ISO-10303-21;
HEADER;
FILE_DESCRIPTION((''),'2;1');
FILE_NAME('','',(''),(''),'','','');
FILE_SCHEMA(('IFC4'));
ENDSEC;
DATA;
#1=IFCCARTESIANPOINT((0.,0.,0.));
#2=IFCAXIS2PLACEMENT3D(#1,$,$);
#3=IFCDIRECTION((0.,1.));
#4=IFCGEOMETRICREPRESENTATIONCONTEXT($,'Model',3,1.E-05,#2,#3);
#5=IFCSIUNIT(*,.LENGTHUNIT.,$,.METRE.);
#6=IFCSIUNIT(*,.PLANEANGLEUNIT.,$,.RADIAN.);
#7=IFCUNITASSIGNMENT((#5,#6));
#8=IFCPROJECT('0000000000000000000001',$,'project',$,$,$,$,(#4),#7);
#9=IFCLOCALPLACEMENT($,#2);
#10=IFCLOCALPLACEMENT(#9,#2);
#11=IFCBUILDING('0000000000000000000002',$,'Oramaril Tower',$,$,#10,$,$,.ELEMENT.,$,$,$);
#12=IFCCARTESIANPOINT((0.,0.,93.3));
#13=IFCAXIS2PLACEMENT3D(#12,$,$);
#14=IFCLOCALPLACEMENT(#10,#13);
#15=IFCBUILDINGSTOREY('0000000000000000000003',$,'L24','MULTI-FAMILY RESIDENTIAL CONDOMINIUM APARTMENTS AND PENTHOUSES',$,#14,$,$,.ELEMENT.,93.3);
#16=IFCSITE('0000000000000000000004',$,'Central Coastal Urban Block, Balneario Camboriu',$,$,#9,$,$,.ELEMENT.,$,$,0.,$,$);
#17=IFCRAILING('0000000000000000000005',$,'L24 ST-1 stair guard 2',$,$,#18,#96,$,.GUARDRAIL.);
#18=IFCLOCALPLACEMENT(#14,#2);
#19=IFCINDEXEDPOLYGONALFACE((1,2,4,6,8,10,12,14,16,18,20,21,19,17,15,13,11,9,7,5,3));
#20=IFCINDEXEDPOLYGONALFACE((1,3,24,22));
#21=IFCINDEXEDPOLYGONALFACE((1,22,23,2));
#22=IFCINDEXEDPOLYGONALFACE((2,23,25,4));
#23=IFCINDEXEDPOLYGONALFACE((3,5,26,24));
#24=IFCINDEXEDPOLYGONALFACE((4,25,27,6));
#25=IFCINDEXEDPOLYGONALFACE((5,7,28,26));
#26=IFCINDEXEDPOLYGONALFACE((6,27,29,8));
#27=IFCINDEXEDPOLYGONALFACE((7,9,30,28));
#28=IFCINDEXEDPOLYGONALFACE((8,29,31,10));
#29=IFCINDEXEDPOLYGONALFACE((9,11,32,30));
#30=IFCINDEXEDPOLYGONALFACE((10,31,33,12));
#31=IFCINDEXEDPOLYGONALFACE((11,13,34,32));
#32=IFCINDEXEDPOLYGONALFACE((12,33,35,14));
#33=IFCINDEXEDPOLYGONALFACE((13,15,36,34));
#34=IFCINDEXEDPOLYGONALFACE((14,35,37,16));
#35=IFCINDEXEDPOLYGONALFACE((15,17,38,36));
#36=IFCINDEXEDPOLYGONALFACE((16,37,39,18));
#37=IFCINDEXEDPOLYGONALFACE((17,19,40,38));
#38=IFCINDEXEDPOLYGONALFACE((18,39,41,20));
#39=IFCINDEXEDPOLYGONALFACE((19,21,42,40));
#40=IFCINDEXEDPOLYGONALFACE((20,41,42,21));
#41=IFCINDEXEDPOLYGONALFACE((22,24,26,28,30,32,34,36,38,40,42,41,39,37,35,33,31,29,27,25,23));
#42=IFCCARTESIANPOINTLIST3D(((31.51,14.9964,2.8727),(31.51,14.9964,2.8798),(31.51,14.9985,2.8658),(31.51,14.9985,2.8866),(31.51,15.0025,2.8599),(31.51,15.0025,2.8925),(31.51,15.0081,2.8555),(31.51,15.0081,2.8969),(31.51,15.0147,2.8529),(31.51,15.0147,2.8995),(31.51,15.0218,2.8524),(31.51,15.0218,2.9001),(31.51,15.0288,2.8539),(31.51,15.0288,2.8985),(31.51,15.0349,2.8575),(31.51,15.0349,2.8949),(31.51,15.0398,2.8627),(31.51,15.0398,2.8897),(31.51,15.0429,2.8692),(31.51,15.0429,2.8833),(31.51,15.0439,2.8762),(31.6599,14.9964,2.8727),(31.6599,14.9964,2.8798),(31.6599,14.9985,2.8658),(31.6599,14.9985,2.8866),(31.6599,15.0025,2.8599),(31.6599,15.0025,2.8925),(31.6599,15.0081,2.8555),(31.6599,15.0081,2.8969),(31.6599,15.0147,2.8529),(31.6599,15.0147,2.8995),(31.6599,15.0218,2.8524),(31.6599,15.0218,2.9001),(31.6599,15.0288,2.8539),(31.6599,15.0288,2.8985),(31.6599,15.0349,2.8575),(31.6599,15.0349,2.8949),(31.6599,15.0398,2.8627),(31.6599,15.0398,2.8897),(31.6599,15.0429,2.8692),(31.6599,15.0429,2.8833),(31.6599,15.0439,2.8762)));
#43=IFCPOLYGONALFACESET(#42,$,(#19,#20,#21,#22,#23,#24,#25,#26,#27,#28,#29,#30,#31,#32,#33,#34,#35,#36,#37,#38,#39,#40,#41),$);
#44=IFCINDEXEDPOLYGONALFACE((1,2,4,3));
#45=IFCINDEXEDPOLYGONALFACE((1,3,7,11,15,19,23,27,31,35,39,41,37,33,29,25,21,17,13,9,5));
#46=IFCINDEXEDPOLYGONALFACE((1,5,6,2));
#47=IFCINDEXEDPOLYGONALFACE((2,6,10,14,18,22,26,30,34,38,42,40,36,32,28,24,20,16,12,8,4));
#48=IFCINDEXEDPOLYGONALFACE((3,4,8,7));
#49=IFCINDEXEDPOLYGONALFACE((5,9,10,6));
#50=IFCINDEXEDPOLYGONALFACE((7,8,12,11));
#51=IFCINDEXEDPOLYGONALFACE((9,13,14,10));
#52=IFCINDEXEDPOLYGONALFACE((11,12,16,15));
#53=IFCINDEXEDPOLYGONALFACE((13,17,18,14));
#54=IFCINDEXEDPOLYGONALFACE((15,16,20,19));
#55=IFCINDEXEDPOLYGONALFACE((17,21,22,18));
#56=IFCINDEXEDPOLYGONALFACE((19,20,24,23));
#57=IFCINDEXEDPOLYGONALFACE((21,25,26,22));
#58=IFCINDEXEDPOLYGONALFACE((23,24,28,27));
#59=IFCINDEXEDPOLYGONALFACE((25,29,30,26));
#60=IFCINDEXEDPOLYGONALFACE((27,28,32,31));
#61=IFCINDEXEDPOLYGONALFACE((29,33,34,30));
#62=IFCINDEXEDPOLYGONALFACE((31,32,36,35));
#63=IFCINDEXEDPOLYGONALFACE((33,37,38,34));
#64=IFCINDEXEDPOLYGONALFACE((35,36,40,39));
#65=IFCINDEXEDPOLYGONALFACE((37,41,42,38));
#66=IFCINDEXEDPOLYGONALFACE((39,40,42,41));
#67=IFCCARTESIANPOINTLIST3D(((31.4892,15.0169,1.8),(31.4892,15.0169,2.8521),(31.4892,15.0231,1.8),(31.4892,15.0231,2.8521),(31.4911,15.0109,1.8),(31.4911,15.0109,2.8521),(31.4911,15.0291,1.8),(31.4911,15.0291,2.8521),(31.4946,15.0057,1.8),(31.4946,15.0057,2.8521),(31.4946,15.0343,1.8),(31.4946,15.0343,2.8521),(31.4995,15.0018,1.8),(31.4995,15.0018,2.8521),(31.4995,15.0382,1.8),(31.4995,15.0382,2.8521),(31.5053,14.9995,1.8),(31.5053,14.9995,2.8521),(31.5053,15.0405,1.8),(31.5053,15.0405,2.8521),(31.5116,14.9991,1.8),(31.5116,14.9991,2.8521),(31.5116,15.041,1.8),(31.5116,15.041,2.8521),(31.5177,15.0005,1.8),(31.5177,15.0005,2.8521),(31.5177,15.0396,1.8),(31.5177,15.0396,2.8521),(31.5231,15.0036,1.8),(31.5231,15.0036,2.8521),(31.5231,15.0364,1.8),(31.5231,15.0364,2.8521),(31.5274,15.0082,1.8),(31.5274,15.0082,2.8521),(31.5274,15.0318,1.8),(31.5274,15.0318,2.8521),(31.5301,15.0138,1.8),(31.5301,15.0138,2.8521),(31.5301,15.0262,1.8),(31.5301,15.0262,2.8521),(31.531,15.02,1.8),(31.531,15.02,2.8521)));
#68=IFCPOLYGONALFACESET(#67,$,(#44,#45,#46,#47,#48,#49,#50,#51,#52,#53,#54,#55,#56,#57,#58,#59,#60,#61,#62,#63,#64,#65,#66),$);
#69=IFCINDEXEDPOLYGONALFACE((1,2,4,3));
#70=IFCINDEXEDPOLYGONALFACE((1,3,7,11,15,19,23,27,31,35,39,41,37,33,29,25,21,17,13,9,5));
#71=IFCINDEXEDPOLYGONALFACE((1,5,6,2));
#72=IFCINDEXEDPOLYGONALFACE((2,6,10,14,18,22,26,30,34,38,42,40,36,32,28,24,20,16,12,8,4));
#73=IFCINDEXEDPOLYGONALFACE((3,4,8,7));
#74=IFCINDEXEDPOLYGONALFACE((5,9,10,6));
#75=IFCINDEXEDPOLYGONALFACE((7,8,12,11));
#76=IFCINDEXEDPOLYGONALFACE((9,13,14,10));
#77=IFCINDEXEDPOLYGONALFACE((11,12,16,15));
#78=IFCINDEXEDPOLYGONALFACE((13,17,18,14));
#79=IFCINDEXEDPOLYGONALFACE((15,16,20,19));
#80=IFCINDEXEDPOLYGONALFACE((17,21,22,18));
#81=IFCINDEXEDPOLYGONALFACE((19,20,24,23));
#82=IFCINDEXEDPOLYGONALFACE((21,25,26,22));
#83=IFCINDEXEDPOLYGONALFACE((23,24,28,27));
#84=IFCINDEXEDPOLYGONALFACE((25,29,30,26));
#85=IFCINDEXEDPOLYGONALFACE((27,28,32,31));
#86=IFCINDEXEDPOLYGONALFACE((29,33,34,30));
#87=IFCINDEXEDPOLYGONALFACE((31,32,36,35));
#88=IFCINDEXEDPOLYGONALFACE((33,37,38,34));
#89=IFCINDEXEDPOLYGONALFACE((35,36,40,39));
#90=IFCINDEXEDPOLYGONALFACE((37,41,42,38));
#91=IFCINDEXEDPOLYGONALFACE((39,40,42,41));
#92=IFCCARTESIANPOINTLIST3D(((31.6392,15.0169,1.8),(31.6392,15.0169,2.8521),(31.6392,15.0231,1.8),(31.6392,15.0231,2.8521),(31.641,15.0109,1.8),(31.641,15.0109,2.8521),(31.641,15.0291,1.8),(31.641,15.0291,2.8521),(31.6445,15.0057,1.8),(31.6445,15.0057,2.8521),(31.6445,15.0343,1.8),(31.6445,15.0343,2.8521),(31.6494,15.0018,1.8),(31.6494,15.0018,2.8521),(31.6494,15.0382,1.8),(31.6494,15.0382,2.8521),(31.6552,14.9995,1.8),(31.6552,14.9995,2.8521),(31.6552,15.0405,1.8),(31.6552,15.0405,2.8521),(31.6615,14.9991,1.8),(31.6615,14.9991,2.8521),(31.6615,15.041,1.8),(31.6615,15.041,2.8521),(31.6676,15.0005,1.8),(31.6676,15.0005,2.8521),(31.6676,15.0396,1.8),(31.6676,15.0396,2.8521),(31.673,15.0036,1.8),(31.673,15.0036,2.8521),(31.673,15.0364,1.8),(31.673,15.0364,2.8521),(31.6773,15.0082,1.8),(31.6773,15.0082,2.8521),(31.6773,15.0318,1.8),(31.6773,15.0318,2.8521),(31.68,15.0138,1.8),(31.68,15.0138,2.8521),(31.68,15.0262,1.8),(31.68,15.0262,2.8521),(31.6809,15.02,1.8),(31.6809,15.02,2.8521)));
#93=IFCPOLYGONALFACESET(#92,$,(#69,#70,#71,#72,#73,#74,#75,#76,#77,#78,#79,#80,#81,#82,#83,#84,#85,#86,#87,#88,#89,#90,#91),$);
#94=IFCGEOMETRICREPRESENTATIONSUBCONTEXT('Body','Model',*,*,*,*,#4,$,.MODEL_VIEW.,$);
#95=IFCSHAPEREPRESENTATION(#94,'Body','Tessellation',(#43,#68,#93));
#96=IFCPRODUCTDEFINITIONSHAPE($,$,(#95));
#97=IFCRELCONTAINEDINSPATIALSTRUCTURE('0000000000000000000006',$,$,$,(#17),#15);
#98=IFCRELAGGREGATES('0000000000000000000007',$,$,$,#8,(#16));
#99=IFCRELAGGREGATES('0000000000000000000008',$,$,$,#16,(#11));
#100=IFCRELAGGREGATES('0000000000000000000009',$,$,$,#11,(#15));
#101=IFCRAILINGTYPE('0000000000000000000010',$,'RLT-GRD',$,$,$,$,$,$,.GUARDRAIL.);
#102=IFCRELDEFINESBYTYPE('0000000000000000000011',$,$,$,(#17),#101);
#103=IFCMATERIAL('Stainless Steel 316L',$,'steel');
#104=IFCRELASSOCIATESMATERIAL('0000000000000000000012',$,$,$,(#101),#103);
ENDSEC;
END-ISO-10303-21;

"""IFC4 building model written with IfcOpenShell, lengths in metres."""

from ifc_helpers import new_model, si_unit, direction, frame, origin, origin_2d, place, context, subcontext, project, spatial, circle, extrude, material, type_object, element, save


model = new_model("IFC4")

# Units and contexts
model_context = context("Model", 3, precision=1e-05, world=origin(), true_north=direction((0.0, 1.0)))
body_context = subcontext(model_context, "Body", "Model", "MODEL_VIEW")
ifc_project = project(units=[si_unit("LENGTHUNIT", "METRE"), si_unit("PLANEANGLEUNIT", "RADIAN")], contexts=[model_context])

# Site, building, storey
site_placement = place(None, origin())
site = spatial("IfcSite", under=ifc_project, at=site_placement, Name="Central Coastal Urban Block, Balneario Camboriu", CompositionType="ELEMENT", RefElevation=0.0)
building_placement = place(site_placement, origin())
building = spatial("IfcBuilding", under=site, at=building_placement, Name="Oramaril Tower", CompositionType="ELEMENT")
storey_placement = place(building_placement, frame((0.0, 0.0, 93.3)))
storey = spatial("IfcBuildingStorey", under=building, at=storey_placement, Name="L24", Description="MULTI-FAMILY RESIDENTIAL CONDOMINIUM APARTMENTS AND PENTHOUSES", CompositionType="ELEMENT", Elevation=93.3)

# Railing
ifc_material_1 = material(Name="Stainless Steel 316L", Category="steel")
railing_type_1 = type_object("IfcRailingType", Name="RLT-GRD", PredefinedType="GUARDRAIL", material=ifc_material_1)
railing_1_placement = place(storey_placement, frame((31.51, 15.02, 1.8)))
element("IfcRailing", 1, at=railing_1_placement, inside=storey, type_object=railing_type_1, Name="L24 ST-1 stair guard 2", PredefinedType="GUARDRAIL", context=body_context, shape_type="SweptSolid", body=[
    extrude(circle(Radius=0.0239, at=origin_2d()), frame((0.0, 0.0, 1.0762), z_axis=(1.0, 0.0, 0.0), x_axis=(0.0, 1.0, 0.0)), (0.0, 0.0, 1.0), 0.1499),
    extrude(circle(Radius=0.021, at=origin_2d()), origin(), (0.0, 0.0, 1.0), 1.052),
    extrude(circle(Radius=0.021, at=origin_2d()), frame((0.1499, 0.0, 0.0)), (0.0, 0.0, 1.0), 1.052),
])

save(model, "model.ifc")
